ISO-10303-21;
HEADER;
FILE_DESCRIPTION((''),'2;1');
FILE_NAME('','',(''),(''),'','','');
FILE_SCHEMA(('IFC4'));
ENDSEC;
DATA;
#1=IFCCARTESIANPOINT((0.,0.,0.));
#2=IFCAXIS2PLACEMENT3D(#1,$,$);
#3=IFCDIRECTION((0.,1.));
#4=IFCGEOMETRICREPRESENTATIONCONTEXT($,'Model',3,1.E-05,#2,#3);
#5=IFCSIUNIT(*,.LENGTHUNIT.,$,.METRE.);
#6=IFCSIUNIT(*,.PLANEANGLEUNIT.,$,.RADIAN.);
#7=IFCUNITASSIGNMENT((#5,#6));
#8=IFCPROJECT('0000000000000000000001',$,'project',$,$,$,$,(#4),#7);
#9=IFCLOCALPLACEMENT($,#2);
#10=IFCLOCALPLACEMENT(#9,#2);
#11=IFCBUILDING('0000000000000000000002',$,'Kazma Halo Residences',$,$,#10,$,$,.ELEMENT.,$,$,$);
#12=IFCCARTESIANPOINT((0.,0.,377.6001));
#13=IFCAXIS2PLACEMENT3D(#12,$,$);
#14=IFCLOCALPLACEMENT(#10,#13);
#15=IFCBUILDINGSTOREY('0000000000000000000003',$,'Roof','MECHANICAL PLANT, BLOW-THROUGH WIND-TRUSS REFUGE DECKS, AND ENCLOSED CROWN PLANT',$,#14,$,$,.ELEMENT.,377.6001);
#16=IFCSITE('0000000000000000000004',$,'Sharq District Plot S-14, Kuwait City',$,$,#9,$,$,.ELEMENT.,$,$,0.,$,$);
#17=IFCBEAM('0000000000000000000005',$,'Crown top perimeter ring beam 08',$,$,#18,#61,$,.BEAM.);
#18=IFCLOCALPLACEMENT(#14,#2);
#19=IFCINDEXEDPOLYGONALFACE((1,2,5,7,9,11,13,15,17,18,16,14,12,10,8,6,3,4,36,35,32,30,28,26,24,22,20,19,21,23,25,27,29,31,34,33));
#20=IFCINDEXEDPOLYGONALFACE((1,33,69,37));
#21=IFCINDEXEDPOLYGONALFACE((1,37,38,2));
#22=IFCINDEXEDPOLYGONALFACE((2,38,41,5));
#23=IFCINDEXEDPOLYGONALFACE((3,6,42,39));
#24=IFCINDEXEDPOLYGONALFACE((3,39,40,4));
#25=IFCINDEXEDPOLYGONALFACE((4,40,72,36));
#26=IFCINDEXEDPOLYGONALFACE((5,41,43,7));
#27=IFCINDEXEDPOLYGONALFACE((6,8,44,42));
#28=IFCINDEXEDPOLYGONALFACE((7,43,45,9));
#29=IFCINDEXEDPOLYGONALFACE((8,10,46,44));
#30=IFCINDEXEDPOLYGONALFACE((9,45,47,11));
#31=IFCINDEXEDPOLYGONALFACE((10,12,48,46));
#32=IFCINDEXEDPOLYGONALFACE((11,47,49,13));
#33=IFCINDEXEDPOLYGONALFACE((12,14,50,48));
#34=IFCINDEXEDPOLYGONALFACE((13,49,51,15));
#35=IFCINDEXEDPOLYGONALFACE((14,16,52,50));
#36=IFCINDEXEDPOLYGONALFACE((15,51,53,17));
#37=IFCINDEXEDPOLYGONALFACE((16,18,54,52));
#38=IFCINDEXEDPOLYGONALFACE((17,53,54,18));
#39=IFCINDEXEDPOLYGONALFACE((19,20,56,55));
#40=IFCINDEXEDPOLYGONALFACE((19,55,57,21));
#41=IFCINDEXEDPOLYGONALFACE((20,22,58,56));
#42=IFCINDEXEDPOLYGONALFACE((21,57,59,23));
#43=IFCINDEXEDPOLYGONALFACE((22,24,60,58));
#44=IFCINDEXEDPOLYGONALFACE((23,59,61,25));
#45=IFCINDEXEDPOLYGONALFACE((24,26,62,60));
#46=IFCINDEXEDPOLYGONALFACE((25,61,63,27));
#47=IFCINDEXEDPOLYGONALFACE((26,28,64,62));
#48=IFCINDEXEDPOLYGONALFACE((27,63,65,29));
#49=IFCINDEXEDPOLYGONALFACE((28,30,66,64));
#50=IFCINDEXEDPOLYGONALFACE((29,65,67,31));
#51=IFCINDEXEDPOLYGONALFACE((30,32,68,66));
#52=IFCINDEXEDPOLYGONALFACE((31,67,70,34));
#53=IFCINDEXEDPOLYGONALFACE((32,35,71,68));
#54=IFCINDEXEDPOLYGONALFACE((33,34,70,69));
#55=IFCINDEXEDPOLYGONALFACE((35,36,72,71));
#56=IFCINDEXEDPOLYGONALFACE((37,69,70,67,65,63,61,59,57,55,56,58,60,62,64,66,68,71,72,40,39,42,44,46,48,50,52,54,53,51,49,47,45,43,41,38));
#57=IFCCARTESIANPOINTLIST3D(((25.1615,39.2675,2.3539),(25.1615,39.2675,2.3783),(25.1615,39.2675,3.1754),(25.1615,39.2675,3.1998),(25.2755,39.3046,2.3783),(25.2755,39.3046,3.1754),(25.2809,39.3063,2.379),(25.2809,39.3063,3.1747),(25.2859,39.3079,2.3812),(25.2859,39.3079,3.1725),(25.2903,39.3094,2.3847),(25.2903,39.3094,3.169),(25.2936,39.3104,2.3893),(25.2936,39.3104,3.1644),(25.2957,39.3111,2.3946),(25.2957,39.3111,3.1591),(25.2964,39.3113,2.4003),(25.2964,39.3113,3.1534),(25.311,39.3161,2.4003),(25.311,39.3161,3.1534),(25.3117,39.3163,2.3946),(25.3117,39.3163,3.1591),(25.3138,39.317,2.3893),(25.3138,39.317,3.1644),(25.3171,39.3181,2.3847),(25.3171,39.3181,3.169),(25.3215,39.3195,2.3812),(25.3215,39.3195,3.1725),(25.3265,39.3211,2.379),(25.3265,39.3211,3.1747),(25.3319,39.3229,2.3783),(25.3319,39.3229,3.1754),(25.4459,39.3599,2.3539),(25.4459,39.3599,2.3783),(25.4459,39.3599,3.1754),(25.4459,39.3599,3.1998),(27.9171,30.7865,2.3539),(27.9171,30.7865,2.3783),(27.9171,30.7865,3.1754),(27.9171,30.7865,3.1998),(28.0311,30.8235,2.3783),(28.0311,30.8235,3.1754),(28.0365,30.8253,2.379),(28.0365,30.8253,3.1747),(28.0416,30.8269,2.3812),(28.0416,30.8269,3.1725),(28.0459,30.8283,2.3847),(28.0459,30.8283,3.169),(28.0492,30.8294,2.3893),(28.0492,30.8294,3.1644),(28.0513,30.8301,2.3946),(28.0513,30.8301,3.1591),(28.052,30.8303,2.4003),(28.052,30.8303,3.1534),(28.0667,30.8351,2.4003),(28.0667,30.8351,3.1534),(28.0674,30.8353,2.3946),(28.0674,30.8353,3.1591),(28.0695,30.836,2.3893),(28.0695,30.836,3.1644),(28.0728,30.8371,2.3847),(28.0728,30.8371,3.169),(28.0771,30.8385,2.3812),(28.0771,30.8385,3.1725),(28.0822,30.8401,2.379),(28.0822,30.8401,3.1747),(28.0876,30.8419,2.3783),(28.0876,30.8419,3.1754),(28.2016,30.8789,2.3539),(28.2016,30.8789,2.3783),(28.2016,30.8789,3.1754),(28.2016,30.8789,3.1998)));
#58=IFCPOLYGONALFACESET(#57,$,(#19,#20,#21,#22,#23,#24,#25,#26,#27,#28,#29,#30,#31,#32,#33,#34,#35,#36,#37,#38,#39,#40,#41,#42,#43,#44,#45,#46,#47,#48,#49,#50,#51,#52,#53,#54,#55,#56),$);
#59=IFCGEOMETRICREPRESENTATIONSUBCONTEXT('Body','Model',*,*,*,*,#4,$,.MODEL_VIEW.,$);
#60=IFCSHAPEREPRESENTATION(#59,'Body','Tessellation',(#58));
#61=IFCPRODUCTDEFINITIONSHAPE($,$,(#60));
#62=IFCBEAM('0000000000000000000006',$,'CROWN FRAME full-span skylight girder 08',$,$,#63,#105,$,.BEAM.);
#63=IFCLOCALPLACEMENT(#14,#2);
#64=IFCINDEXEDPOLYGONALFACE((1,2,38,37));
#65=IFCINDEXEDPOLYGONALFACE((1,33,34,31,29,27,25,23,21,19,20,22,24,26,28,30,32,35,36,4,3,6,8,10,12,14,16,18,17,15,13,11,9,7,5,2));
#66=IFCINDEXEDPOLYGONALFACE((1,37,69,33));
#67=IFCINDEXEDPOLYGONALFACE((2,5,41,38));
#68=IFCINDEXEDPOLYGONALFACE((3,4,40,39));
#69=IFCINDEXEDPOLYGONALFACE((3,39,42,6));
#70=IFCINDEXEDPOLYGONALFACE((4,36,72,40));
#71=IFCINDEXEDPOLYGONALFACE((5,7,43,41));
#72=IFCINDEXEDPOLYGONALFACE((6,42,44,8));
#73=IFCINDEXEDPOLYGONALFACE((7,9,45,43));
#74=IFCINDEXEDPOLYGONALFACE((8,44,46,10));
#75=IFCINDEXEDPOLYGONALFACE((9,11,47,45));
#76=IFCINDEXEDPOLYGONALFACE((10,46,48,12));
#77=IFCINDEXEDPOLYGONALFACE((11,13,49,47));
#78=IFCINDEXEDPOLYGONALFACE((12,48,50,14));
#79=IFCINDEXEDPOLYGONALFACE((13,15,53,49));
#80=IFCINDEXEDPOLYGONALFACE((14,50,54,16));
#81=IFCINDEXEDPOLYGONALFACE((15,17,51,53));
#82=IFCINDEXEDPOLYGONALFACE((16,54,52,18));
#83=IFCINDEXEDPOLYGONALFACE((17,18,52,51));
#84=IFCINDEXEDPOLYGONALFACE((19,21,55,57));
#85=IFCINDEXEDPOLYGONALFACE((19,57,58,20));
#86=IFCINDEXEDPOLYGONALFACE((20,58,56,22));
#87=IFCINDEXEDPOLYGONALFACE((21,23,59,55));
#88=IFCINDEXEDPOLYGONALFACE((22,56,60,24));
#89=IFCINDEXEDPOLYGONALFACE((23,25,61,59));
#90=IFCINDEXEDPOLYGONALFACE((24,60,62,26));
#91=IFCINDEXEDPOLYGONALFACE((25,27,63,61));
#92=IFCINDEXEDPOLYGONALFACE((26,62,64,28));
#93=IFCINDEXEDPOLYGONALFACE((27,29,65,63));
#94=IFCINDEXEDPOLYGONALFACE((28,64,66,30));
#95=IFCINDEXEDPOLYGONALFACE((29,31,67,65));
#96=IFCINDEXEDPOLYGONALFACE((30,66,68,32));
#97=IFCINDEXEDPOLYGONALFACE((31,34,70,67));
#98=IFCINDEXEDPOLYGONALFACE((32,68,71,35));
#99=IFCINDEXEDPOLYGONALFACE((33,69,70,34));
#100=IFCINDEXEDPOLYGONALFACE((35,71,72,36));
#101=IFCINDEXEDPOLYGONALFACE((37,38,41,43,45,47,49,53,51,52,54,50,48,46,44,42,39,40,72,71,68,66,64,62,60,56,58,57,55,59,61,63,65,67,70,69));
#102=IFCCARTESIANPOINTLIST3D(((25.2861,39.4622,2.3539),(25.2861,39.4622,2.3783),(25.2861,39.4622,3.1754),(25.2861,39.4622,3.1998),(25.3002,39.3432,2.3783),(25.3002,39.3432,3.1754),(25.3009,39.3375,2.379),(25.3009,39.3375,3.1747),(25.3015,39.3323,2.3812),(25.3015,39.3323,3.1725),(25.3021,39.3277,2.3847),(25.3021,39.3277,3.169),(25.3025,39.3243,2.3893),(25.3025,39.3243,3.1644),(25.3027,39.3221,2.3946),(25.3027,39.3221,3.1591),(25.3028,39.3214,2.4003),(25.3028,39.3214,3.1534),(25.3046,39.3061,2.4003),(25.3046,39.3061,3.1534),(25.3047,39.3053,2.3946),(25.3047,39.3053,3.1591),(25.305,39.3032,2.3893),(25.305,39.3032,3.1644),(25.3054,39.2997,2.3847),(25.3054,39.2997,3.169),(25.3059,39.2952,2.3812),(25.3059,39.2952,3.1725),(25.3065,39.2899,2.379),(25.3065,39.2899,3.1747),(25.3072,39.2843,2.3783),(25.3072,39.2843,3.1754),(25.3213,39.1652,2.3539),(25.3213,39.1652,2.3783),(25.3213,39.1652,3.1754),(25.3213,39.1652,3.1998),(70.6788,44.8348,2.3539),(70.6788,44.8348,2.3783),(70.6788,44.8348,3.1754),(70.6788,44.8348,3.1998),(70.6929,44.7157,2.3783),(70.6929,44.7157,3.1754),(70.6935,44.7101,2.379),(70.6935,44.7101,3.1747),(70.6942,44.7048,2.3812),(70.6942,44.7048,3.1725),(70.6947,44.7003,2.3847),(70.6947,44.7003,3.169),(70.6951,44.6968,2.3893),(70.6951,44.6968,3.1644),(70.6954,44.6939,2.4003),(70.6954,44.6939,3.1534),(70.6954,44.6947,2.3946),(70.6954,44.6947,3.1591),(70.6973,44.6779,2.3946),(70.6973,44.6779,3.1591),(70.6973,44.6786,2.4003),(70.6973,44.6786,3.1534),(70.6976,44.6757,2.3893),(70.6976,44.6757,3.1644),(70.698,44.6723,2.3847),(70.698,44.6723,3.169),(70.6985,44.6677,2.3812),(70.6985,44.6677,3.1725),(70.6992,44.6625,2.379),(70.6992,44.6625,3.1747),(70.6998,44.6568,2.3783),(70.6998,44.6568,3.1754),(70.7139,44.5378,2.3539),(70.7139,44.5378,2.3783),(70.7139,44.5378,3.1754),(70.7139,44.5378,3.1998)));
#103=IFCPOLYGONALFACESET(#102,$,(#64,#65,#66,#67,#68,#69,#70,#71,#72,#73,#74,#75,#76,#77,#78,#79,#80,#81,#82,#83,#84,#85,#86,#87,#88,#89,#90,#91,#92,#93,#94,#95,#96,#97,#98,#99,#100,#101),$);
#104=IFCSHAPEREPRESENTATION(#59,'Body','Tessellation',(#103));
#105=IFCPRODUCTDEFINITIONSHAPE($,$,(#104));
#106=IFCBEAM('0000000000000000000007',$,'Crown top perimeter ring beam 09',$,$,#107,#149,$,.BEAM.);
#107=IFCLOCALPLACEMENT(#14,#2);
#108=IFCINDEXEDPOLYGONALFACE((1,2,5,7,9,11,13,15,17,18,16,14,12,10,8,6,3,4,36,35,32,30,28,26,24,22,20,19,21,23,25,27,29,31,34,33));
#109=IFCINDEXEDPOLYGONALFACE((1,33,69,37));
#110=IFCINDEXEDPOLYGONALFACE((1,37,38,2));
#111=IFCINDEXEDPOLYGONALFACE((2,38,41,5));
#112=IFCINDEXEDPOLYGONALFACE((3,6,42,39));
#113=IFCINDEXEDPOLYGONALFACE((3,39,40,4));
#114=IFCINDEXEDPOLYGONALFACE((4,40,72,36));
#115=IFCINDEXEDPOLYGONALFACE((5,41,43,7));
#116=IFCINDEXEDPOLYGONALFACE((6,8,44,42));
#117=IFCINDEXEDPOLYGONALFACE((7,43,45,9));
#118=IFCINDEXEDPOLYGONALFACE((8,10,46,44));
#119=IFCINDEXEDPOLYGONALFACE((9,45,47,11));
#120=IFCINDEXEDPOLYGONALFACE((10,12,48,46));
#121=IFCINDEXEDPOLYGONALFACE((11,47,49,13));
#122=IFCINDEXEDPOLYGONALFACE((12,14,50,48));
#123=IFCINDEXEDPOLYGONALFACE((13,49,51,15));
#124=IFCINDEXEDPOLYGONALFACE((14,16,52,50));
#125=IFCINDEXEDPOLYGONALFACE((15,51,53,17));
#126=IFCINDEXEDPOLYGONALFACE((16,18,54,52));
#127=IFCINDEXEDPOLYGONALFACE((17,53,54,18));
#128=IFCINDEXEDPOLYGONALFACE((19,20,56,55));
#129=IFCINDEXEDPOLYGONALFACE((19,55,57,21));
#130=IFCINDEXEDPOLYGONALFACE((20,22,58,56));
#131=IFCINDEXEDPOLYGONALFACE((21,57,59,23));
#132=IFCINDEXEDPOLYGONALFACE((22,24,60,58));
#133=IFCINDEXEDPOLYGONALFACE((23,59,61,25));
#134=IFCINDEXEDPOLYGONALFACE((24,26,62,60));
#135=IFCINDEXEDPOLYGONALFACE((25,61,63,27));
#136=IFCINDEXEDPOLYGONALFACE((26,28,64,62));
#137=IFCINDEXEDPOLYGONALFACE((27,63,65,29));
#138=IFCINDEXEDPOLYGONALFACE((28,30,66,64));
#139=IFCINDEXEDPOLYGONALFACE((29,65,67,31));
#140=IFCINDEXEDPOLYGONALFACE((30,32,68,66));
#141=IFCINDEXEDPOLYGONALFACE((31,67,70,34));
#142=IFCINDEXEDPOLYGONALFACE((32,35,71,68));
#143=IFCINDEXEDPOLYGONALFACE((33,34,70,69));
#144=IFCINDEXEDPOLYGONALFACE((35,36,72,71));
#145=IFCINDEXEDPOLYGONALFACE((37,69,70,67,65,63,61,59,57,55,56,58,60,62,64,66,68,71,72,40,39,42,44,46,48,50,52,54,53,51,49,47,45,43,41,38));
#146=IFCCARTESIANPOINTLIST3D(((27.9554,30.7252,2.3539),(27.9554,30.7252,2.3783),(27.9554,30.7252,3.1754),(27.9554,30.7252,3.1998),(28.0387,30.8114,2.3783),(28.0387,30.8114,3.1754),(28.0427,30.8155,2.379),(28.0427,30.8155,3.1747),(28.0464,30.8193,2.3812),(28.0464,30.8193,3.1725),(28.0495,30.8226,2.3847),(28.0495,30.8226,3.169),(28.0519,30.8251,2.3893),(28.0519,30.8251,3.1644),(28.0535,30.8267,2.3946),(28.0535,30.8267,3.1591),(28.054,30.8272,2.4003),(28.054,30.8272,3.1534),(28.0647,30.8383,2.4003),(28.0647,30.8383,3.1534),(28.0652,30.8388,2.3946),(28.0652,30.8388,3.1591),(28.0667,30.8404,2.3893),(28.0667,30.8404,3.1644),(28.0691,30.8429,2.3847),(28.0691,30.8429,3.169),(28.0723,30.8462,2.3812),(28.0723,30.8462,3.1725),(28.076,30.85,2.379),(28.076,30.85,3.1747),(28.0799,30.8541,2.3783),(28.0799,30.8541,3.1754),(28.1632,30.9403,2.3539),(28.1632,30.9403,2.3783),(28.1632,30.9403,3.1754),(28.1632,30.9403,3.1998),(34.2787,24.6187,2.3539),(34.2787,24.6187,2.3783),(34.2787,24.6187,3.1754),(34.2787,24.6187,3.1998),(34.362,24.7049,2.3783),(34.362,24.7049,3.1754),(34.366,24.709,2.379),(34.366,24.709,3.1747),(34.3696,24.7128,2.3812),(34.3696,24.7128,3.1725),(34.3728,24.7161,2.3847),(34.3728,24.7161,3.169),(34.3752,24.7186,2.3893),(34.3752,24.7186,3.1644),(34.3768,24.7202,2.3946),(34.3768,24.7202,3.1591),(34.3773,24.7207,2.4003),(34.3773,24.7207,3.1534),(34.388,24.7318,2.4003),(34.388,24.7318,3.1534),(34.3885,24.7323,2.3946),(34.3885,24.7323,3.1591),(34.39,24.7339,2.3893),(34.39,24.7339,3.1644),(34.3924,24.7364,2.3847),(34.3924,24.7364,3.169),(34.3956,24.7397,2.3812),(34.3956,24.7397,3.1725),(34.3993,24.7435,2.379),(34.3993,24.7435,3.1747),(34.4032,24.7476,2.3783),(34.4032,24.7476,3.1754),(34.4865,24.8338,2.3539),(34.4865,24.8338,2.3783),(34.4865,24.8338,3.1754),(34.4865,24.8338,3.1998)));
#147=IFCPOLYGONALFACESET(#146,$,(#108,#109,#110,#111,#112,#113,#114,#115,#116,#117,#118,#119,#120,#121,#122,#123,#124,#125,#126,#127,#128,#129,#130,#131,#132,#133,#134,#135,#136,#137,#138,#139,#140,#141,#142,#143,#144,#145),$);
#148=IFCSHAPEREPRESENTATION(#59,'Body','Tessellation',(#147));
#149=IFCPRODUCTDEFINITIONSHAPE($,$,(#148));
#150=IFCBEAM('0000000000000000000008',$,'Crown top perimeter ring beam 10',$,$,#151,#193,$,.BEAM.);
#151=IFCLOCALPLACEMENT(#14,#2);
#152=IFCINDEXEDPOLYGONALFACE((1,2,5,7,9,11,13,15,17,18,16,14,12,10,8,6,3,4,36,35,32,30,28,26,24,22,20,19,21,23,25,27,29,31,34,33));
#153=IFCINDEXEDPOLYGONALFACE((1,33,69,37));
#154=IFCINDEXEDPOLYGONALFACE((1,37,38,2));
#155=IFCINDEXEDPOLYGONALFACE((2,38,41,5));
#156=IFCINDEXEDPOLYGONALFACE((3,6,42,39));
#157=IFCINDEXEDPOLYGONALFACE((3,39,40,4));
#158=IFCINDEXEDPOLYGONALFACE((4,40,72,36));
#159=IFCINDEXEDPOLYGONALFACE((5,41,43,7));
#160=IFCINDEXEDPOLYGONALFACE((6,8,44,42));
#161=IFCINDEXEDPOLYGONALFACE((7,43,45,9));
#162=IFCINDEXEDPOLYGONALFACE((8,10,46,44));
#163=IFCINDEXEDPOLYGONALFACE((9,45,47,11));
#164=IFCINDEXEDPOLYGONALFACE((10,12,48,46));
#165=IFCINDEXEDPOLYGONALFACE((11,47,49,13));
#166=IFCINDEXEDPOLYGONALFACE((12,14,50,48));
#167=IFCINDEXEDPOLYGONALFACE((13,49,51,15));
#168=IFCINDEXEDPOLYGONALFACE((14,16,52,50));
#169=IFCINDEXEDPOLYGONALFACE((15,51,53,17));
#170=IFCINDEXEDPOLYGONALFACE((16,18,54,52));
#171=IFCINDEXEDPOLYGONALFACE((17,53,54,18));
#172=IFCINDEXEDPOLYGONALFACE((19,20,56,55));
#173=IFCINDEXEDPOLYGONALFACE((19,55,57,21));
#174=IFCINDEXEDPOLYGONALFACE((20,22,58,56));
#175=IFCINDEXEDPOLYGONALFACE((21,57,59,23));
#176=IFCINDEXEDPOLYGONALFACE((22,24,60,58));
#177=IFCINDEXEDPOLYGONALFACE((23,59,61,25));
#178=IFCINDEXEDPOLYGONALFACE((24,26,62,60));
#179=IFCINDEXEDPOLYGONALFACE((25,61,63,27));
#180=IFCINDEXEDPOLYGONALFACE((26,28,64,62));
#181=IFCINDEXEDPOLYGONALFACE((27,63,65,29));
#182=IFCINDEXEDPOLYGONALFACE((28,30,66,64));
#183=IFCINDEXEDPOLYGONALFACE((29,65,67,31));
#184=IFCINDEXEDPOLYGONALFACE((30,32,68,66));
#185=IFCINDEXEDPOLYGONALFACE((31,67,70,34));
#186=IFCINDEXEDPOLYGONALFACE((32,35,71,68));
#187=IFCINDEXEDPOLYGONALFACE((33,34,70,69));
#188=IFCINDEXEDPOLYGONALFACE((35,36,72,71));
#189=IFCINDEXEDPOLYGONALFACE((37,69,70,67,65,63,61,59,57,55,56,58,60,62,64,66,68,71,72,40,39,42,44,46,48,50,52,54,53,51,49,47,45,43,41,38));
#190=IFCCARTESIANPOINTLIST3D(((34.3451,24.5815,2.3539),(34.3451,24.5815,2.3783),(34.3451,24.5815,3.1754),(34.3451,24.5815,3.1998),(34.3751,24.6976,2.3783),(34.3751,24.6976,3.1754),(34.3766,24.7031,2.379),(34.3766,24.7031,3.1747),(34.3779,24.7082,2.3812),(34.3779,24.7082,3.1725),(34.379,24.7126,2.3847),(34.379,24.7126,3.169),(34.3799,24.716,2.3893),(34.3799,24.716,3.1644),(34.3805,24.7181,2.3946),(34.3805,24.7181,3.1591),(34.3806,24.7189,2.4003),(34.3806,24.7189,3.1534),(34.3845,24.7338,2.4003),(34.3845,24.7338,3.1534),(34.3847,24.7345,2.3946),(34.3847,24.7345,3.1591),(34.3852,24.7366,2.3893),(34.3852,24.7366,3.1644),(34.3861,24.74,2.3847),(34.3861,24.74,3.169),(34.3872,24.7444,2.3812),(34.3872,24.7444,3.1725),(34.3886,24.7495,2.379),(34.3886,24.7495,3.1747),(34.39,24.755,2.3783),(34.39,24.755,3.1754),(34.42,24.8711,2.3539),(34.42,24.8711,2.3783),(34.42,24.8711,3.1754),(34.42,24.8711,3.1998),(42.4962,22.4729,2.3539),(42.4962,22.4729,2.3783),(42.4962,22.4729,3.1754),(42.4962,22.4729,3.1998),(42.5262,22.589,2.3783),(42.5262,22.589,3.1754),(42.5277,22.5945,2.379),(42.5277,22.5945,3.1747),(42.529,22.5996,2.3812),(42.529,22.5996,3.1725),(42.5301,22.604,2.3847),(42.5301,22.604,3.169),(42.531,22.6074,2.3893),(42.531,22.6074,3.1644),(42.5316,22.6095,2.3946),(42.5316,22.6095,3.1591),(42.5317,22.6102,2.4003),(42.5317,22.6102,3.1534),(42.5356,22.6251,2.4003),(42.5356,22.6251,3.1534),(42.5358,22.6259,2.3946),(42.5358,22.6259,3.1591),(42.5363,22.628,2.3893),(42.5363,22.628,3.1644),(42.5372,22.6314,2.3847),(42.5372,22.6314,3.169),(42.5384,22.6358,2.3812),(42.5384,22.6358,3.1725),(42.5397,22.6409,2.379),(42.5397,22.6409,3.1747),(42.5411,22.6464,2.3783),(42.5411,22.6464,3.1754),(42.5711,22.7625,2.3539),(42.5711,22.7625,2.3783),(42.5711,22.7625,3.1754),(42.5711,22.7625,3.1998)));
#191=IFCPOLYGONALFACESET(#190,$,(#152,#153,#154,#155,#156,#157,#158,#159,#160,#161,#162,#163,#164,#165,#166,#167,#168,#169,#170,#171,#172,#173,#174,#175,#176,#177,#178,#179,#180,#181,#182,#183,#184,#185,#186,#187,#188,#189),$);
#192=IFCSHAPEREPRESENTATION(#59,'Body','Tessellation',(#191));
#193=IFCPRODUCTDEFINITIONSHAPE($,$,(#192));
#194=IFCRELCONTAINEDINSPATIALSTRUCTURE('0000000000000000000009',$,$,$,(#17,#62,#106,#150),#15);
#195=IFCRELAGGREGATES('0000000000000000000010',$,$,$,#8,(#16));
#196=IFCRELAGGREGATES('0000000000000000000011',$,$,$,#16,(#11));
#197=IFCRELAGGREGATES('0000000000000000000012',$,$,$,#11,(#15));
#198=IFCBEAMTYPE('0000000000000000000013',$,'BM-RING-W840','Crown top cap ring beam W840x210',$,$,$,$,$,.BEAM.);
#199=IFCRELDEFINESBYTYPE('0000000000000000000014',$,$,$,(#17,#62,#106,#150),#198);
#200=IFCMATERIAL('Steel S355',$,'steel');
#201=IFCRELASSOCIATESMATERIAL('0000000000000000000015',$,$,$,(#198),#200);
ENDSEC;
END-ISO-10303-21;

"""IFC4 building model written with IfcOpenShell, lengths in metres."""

from ifc_helpers import new_model, si_unit, direction, frame, origin, origin_2d, place, context, subcontext, project, spatial, i_section, extrude, material, material_profile, profile_set, type_object, element, save


model = new_model("IFC4")

# Units and contexts
model_context = context("Model", 3, precision=1e-05, world=origin(), true_north=direction((0.0, 1.0)))
body_context = subcontext(model_context, "Body", "Model", "MODEL_VIEW")
ifc_project = project(units=[si_unit("LENGTHUNIT", "METRE"), si_unit("PLANEANGLEUNIT", "RADIAN")], contexts=[model_context])

# Site, building, storey
site_placement = place(None, origin())
site = spatial("IfcSite", under=ifc_project, at=site_placement, Name="Sharq District Plot S-14, Kuwait City", CompositionType="ELEMENT", RefElevation=0.0)
building_placement = place(site_placement, origin())
building = spatial("IfcBuilding", under=site, at=building_placement, Name="Kazma Halo Residences", CompositionType="ELEMENT")
storey_placement = place(building_placement, frame((0.0, 0.0, 377.6001)))
storey = spatial("IfcBuildingStorey", under=building, at=storey_placement, Name="Roof", Description="MECHANICAL PLANT, BLOW-THROUGH WIND-TRUSS REFUGE DECKS, AND ENCLOSED CROWN PLANT", CompositionType="ELEMENT", Elevation=377.6001)

# Shared definitions
ifc_material_1 = material(Name="Steel S355", Category="steel")

# Beams
ifc_material_profile_1 = material_profile(ifc_material_1, i_section(OverallWidth=0.2991, OverallDepth=0.8459, WebThickness=0.0154, FlangeThickness=0.0244, FilletRadius=0.022, at=origin_2d()), Name="W840x210")
ifc_profile_set_1 = profile_set([ifc_material_profile_1], Name="Steel S355")
beam_type_1 = type_object("IfcBeamType", Name="BM-RING-W840", Description="Crown top cap ring beam W840x210", PredefinedType="BEAM", material=ifc_profile_set_1)
beam_1_placement = place(storey_placement, frame((25.3037, 39.3137, 2.7769), z_axis=(0.309015, -0.951057, 0.0), x_axis=(0.951057, 0.309015, 0.0)))
element("IfcBeam", 1, at=beam_1_placement, inside=storey, type_object=beam_type_1, Name="Crown top perimeter ring beam 08", PredefinedType="BEAM", context=body_context, shape_type="SweptSolid", body=[
    extrude(i_section(OverallWidth=0.2991, OverallDepth=0.8459, WebThickness=0.0154, FlangeThickness=0.0244, FilletRadius=0.022, at=origin_2d()), origin(), (0.0, 0.0, 1.0), 8.9175),
])
beam_2_placement = place(storey_placement, frame((25.3037, 39.3137, 2.7769), z_axis=(0.993068, 0.117537, 0.0), x_axis=(-0.117537, 0.993068, 0.0)))
element("IfcBeam", 2, at=beam_2_placement, inside=storey, type_object=beam_type_1, Name="CROWN FRAME full-span skylight girder 08", PredefinedType="BEAM", context=body_context, shape_type="SweptSolid", body=[
    extrude(i_section(OverallWidth=0.2991, OverallDepth=0.8459, WebThickness=0.0154, FlangeThickness=0.0244, FilletRadius=0.022, at=origin_2d()), origin(), (0.0, 0.0, 1.0), 45.7095),
])
beam_3_placement = place(storey_placement, frame((28.0593, 30.8328, 2.7769), z_axis=(0.719331, -0.694668, 0.0), x_axis=(0.694668, 0.719331, 0.0)))
element("IfcBeam", 3, at=beam_3_placement, inside=storey, type_object=beam_type_1, Name="Crown top perimeter ring beam 09", PredefinedType="BEAM", context=body_context, shape_type="SweptSolid", body=[
    extrude(i_section(OverallWidth=0.2991, OverallDepth=0.8459, WebThickness=0.0154, FlangeThickness=0.0244, FilletRadius=0.022, at=origin_2d()), origin(), (0.0, 0.0, 1.0), 8.7905),
])
beam_4_placement = place(storey_placement, frame((34.3826, 24.7263, 2.7769), z_axis=(0.96813, -0.250449, 0.0), x_axis=(0.250449, 0.96813, 0.0)))
element("IfcBeam", 4, at=beam_4_placement, inside=storey, type_object=beam_type_1, Name="Crown top perimeter ring beam 10", PredefinedType="BEAM", context=body_context, shape_type="SweptSolid", body=[
    extrude(i_section(OverallWidth=0.2991, OverallDepth=0.8459, WebThickness=0.0154, FlangeThickness=0.0244, FilletRadius=0.022, at=origin_2d()), origin(), (0.0, 0.0, 1.0), 8.4194),
])

save(model, "model.ifc")
